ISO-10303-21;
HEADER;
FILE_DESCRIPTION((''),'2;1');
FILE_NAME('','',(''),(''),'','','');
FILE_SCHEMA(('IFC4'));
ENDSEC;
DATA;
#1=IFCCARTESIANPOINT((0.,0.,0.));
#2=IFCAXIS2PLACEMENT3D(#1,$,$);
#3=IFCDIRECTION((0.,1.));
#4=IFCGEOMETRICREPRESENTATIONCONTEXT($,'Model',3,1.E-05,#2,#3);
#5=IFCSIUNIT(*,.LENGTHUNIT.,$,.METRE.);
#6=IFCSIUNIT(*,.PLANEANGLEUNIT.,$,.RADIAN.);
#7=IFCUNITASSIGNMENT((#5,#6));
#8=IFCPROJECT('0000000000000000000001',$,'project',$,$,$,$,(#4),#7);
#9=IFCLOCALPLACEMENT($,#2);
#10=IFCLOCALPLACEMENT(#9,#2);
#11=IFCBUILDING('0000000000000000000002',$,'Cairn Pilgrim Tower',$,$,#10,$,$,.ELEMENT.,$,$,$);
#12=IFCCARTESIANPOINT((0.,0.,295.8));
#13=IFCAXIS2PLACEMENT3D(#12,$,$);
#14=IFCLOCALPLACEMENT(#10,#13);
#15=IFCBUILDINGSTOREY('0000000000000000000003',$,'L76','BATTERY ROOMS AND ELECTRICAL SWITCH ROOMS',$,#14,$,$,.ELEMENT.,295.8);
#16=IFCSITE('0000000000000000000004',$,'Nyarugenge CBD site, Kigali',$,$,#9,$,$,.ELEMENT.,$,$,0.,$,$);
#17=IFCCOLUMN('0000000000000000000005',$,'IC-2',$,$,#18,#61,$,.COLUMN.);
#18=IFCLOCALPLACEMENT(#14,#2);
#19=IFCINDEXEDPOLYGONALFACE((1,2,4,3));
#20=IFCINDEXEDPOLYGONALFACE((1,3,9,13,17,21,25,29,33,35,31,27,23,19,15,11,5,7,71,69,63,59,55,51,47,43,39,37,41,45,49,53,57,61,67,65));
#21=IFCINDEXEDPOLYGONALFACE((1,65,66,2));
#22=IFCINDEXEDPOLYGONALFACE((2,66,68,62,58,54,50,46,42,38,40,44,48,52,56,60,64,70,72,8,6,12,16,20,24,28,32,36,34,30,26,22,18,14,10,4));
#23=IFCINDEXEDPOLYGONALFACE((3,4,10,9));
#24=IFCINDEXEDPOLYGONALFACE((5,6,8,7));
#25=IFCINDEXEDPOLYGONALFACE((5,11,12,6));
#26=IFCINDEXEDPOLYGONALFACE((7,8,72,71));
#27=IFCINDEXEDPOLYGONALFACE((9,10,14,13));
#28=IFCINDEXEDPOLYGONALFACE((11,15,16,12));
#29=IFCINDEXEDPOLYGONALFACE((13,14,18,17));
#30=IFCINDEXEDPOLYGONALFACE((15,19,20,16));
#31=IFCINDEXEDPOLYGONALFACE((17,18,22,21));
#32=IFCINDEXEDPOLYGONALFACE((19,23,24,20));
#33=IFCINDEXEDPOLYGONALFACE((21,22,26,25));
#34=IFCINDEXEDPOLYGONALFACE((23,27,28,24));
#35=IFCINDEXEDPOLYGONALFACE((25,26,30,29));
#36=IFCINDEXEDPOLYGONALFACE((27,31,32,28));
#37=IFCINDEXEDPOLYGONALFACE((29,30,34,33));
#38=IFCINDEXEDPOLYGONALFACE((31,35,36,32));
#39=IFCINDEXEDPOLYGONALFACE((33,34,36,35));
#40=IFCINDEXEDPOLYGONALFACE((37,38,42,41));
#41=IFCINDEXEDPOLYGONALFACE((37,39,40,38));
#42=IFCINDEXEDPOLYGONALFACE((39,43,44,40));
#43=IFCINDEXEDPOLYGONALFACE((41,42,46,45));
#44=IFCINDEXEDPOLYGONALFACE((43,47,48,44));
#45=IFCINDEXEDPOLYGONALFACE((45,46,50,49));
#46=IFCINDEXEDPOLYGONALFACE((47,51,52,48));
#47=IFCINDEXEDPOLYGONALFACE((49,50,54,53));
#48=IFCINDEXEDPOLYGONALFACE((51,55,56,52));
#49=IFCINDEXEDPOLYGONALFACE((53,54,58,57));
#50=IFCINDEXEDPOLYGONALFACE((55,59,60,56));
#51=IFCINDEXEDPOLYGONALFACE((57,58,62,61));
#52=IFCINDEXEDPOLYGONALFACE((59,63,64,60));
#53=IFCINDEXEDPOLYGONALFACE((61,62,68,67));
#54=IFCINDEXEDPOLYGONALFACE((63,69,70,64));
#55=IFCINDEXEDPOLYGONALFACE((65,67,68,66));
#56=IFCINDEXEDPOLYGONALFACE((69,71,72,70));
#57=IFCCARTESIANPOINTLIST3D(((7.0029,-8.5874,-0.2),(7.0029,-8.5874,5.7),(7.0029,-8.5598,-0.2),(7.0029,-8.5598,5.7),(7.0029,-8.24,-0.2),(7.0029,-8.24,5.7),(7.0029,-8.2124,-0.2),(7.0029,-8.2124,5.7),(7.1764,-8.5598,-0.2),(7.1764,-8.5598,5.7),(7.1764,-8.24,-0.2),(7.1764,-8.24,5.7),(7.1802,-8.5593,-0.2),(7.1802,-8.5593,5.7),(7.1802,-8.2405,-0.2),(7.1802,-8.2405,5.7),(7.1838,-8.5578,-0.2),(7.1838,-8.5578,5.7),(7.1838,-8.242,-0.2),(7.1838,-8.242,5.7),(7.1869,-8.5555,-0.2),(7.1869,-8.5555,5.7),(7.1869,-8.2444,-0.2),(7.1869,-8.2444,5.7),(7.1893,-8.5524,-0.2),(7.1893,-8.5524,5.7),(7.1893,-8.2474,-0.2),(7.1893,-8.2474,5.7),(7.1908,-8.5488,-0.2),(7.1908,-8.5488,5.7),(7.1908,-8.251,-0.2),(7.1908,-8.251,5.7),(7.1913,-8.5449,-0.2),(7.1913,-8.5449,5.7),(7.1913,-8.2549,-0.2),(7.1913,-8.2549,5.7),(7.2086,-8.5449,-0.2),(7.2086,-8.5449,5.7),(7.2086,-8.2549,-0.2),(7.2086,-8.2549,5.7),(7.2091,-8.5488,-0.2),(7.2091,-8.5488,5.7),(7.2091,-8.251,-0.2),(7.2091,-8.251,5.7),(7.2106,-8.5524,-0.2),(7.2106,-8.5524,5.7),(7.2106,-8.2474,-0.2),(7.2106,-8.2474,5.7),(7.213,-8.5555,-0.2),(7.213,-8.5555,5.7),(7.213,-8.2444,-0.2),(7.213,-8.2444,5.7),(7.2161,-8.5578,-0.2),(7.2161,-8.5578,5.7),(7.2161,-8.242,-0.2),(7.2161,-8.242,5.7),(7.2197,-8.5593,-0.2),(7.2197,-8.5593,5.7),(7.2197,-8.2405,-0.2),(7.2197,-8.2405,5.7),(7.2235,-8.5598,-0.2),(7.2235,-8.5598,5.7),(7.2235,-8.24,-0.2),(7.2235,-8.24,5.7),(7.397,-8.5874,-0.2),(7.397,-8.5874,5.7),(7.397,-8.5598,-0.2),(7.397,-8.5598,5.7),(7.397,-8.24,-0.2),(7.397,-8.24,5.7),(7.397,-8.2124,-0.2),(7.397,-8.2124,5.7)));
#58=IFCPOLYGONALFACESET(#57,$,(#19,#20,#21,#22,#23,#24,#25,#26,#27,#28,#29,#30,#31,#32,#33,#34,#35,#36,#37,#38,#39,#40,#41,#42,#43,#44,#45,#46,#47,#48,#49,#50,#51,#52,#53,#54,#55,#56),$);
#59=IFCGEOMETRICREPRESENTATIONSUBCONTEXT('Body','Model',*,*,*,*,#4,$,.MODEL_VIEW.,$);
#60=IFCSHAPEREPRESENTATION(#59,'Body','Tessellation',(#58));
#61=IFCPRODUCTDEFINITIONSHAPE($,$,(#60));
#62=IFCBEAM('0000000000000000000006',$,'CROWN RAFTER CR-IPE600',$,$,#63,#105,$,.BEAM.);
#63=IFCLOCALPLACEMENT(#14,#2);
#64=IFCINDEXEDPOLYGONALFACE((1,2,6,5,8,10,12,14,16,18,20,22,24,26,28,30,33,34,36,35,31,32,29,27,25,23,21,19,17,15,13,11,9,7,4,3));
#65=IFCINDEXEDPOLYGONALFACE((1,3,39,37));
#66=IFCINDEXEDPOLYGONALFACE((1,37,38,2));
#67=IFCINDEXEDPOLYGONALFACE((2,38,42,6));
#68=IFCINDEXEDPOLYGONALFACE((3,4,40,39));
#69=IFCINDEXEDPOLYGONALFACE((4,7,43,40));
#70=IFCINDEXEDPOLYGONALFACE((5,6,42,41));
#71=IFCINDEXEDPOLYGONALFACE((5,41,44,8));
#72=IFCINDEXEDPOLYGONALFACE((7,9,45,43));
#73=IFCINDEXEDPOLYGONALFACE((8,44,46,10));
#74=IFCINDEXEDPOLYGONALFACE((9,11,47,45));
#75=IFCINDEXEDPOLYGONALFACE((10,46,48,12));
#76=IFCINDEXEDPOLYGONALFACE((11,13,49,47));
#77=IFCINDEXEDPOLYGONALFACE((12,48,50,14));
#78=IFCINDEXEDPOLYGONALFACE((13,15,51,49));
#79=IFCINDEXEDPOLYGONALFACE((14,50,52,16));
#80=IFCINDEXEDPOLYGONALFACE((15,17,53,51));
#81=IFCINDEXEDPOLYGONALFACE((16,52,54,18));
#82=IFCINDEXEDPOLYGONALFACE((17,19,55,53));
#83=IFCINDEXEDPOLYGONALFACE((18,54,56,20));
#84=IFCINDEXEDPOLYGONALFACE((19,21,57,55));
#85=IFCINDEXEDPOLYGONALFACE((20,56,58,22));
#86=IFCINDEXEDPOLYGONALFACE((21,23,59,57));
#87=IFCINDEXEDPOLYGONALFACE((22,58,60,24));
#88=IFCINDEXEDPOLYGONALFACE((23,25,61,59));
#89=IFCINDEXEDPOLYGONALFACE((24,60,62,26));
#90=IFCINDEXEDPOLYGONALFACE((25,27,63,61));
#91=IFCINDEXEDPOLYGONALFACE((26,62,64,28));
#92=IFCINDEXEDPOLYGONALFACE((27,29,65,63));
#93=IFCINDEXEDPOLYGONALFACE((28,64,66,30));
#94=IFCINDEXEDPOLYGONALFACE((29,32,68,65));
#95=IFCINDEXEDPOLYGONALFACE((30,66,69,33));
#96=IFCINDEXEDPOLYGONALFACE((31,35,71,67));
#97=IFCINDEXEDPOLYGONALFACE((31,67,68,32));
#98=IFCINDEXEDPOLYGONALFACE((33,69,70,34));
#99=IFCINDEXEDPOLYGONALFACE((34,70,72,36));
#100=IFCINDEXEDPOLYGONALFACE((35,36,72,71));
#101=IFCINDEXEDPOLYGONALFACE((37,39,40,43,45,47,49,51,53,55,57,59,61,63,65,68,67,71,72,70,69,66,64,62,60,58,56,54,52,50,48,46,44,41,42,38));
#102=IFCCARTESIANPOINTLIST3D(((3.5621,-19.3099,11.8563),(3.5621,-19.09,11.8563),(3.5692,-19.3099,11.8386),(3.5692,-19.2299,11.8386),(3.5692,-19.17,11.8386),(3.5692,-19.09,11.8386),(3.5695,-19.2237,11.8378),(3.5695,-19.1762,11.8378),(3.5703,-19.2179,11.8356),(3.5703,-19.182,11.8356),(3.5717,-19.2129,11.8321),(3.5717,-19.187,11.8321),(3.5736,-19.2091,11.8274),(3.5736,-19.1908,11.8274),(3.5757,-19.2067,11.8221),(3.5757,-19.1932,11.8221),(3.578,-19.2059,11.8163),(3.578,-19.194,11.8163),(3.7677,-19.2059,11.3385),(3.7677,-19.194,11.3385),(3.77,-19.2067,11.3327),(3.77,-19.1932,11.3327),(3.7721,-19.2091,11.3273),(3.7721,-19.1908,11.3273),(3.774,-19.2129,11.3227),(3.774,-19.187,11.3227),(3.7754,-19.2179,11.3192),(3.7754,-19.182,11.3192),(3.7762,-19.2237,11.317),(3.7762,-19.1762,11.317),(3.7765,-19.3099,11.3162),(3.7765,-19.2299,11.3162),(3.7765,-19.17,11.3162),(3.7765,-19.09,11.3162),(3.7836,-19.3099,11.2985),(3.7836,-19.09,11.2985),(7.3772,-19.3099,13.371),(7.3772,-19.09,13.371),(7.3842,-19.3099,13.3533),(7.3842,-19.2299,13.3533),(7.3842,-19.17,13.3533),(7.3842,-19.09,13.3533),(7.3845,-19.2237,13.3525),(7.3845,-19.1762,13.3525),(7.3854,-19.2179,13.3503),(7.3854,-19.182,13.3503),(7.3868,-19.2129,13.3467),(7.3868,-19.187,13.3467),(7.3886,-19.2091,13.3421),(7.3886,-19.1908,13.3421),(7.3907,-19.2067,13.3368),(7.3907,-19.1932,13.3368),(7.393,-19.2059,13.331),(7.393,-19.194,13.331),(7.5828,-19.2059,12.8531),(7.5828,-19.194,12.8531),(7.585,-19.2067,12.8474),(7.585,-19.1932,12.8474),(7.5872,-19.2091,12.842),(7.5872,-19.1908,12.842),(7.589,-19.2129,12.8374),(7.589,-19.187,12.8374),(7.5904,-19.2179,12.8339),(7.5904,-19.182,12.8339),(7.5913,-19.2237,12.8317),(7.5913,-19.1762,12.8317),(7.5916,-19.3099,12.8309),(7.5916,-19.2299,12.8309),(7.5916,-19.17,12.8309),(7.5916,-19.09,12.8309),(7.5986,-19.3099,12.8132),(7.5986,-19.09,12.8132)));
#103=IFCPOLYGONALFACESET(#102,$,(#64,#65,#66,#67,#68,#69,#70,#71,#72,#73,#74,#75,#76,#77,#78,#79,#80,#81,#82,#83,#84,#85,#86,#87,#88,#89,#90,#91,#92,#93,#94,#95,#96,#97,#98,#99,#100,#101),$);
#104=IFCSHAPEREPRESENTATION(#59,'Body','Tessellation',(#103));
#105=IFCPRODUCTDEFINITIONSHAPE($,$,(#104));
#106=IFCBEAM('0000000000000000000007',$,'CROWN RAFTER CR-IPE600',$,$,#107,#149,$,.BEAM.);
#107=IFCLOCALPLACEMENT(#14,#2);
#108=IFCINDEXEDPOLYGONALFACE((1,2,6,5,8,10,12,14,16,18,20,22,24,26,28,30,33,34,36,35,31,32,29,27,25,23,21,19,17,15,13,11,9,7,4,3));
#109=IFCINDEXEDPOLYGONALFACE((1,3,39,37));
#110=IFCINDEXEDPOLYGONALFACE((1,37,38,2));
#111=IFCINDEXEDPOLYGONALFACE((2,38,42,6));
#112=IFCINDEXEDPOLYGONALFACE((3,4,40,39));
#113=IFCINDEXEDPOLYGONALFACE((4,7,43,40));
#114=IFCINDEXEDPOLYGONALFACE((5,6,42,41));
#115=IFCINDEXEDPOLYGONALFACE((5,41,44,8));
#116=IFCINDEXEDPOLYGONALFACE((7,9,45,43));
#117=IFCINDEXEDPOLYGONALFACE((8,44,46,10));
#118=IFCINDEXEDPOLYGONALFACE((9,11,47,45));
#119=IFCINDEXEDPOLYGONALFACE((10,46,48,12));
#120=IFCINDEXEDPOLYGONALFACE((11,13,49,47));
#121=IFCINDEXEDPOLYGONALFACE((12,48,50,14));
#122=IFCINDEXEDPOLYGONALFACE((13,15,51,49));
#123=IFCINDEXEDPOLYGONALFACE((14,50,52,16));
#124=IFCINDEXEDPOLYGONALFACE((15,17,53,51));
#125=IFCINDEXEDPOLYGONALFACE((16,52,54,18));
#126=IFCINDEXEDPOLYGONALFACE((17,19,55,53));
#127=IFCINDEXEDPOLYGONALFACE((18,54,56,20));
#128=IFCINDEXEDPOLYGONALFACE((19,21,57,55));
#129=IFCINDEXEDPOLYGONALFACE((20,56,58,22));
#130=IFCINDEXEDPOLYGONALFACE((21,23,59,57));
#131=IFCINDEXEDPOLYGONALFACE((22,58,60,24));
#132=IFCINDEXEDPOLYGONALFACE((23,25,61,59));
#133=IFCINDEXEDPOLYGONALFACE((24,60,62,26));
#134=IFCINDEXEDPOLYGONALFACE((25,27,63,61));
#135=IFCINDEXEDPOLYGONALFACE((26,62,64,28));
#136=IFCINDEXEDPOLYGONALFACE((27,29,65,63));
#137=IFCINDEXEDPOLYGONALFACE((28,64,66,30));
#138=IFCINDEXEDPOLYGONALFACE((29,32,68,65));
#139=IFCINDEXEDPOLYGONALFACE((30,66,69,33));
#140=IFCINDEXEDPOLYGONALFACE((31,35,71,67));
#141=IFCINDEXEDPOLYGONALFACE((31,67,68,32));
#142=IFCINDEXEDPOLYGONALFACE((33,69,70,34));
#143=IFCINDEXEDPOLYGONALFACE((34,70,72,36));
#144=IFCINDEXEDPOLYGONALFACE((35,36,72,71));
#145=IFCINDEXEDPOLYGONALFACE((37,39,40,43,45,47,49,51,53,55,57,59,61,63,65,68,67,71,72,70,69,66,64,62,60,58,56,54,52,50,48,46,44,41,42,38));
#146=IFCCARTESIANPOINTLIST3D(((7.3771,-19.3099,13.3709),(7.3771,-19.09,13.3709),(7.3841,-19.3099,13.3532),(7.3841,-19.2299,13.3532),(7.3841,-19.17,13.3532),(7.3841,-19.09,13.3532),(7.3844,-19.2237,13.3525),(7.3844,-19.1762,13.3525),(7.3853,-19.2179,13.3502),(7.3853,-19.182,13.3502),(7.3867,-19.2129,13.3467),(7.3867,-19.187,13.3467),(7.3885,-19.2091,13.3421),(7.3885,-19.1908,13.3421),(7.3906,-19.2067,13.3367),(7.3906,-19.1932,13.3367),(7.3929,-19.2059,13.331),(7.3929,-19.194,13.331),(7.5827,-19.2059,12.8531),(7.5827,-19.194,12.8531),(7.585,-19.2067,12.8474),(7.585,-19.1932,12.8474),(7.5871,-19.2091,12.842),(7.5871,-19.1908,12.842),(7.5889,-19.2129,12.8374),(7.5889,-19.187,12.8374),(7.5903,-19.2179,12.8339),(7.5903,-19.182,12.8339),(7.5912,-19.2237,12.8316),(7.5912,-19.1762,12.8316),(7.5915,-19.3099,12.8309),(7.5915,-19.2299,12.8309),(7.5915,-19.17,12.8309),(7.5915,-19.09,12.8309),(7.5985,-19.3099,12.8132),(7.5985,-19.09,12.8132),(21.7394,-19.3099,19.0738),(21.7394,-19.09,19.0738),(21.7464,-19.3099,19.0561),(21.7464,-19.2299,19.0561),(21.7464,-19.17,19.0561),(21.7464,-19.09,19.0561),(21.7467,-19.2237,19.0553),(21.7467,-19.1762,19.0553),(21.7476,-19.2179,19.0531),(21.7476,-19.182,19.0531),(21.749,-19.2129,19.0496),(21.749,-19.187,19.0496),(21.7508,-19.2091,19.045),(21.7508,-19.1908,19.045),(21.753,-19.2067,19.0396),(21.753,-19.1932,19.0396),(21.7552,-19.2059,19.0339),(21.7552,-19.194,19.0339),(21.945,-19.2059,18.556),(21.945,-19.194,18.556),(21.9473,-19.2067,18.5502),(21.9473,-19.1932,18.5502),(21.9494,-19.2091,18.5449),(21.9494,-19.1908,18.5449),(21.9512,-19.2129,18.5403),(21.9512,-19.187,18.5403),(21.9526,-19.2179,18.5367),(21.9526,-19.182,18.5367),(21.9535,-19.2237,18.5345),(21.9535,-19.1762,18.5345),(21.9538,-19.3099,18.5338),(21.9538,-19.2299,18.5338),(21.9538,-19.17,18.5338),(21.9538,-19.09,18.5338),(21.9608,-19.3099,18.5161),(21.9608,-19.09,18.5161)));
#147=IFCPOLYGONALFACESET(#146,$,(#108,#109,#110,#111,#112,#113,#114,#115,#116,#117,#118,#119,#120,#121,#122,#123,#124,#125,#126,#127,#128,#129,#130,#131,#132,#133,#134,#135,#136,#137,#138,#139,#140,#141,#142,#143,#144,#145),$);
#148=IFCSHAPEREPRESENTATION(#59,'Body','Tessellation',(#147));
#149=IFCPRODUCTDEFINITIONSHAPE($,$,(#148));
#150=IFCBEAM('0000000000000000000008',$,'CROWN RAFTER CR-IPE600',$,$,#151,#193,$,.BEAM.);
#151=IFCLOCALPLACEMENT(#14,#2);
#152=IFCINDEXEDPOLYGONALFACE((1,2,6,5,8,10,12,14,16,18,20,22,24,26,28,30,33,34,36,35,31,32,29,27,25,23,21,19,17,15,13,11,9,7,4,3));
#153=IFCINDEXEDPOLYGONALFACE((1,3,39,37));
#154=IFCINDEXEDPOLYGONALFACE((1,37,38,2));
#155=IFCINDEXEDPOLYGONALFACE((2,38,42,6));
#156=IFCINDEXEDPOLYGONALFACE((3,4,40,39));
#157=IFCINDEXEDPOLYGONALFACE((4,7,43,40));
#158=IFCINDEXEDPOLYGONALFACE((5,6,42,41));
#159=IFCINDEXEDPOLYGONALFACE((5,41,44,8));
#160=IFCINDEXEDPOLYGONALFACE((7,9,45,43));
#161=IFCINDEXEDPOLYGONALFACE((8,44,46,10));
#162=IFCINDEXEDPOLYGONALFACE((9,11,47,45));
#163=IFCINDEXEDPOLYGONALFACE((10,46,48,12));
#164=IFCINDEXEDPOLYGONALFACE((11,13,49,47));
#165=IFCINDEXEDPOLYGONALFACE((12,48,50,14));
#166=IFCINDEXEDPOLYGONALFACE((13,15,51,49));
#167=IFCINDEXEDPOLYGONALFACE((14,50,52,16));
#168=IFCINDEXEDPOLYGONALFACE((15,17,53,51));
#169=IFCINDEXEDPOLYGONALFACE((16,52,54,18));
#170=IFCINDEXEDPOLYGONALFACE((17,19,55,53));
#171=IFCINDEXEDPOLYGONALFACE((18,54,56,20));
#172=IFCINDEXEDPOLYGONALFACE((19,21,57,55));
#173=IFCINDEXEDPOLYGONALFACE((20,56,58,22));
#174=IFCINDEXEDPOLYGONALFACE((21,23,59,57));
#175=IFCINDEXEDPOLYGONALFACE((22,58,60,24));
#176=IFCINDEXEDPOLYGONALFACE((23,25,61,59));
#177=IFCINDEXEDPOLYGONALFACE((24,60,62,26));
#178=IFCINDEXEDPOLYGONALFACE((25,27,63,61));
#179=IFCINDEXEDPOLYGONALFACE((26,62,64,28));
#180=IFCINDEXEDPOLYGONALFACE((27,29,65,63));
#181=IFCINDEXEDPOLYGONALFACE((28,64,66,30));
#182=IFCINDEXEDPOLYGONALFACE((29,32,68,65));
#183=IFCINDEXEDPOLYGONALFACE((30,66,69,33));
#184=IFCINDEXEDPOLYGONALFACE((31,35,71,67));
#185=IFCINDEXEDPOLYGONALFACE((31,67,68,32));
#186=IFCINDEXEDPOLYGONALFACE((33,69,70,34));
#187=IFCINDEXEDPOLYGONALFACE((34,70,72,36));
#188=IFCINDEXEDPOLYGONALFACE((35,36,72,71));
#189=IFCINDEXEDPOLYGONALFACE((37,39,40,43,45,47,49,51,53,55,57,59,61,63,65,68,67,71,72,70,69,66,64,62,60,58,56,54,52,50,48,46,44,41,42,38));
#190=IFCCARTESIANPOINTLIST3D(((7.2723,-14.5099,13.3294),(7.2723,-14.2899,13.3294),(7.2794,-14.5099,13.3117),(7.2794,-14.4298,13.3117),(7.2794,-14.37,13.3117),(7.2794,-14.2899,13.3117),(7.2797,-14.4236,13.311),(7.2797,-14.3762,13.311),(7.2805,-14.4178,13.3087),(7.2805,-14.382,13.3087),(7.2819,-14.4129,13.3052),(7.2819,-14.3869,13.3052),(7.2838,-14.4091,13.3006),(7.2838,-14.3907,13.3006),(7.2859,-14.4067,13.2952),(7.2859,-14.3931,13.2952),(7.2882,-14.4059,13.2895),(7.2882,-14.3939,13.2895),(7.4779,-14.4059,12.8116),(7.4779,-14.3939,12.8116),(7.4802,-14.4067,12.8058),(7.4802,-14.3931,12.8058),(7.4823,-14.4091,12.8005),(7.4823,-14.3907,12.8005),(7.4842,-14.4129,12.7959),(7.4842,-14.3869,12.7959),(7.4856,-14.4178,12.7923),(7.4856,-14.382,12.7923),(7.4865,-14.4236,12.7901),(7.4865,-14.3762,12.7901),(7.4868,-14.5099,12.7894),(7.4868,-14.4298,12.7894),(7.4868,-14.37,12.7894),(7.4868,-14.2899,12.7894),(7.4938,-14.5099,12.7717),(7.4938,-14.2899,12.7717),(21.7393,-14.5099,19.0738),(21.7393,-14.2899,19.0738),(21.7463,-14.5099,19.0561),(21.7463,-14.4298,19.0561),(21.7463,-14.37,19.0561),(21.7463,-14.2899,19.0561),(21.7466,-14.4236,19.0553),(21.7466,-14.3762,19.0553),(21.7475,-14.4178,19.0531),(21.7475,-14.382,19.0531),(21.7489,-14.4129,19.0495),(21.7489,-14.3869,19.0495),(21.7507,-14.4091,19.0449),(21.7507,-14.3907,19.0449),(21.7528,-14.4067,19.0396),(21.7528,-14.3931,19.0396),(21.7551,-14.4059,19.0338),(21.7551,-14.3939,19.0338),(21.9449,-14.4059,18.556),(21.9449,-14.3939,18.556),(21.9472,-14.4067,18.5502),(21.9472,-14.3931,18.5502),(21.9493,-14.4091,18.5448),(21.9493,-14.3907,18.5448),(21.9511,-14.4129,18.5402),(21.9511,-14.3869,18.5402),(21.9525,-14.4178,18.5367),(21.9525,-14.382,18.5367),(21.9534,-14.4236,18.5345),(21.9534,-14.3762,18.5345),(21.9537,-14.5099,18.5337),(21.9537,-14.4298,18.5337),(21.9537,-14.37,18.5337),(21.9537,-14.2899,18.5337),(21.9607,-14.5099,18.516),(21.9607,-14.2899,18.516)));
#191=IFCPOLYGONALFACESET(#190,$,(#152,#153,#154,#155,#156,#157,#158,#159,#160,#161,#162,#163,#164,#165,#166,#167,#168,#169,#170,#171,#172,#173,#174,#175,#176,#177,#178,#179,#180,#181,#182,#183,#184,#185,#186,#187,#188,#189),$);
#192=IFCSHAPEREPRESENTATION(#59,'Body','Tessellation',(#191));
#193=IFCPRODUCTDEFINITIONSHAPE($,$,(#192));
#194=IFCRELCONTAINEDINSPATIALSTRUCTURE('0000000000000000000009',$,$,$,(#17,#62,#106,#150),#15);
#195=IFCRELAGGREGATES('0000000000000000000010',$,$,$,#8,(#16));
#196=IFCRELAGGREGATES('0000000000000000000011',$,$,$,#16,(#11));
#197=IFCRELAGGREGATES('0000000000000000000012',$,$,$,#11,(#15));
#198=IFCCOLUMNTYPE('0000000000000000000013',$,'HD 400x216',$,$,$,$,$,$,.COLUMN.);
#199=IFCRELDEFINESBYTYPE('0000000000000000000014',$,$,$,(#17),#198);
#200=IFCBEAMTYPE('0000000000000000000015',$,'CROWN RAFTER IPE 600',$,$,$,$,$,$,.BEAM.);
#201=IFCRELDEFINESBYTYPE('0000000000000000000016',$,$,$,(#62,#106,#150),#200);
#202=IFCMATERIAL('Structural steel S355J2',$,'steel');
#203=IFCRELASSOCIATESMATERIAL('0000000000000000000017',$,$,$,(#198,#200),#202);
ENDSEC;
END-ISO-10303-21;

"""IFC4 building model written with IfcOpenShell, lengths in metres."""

from ifc_helpers import new_model, si_unit, direction, frame, origin, origin_2d, place, context, subcontext, project, spatial, i_section, extrude, material, material_profile, profile_set, type_object, element, save


model = new_model("IFC4")

# Units and contexts
model_context = context("Model", 3, precision=1e-05, world=origin(), true_north=direction((0.0, 1.0)))
body_context = subcontext(model_context, "Body", "Model", "MODEL_VIEW")
ifc_project = project(units=[si_unit("LENGTHUNIT", "METRE"), si_unit("PLANEANGLEUNIT", "RADIAN")], contexts=[model_context])

# Site, building, storey
site_placement = place(None, origin())
site = spatial("IfcSite", under=ifc_project, at=site_placement, Name="Nyarugenge CBD site, Kigali", CompositionType="ELEMENT", RefElevation=0.0)
building_placement = place(site_placement, origin())
building = spatial("IfcBuilding", under=site, at=building_placement, Name="Cairn Pilgrim Tower", CompositionType="ELEMENT")
storey_placement = place(building_placement, frame((0.0, 0.0, 295.8)))
storey = spatial("IfcBuildingStorey", under=building, at=storey_placement, Name="L76", Description="BATTERY ROOMS AND ELECTRICAL SWITCH ROOMS", CompositionType="ELEMENT", Elevation=295.8)

# Column
ifc_material_1 = material(Name="Structural steel S355J2", Category="steel")
ifc_material_profile_1 = material_profile(ifc_material_1, i_section(OverallWidth=0.394, OverallDepth=0.375, WebThickness=0.0173, FlangeThickness=0.0276, FilletRadius=0.0149, at=origin_2d()), Name="HD 400x216")
ifc_profile_set_1 = profile_set([ifc_material_profile_1], Name="Structural steel S355J2")
column_type = type_object("IfcColumnType", Name="HD 400x216", PredefinedType="COLUMN", material=ifc_profile_set_1)
column_placement = place(storey_placement, frame((7.2, -8.3999, -0.2), z_axis=(0.0, 0.0, 1.0), x_axis=(1.0, 0.0, 0.0)))
element("IfcColumn", 1, at=column_placement, inside=storey, type_object=column_type, Name="IC-2", PredefinedType="COLUMN", context=body_context, shape_type="SweptSolid", body=[
    extrude(i_section(OverallWidth=0.394, OverallDepth=0.375, WebThickness=0.0173, FlangeThickness=0.0276, FilletRadius=0.0149, at=origin_2d()), origin(), (0.0, 0.0, 1.0), 5.8999),
])

# Beams
ifc_material_profile_2 = material_profile(ifc_material_1, i_section(OverallWidth=0.22, OverallDepth=0.6001, WebThickness=0.012, FlangeThickness=0.019, FilletRadius=0.0239, at=origin_2d()), Name="IPE 600")
ifc_profile_set_2 = profile_set([ifc_material_profile_2], Name="Structural steel S355J2")
beam_type_1 = type_object("IfcBeamType", Name="CROWN RAFTER IPE 600", PredefinedType="BEAM", material=ifc_profile_set_2)
beam_1_placement = place(storey_placement, frame((3.6729, -19.2, 11.5774), z_axis=(0.929425, 0.0, 0.36901), x_axis=(0.0, 1.0, 0.0)))
element("IfcBeam", 2, at=beam_1_placement, inside=storey, type_object=beam_type_1, Name="CROWN RAFTER CR-IPE600", PredefinedType="BEAM", context=body_context, shape_type="SweptSolid", body=[
    extrude(i_section(OverallWidth=0.22, OverallDepth=0.6001, WebThickness=0.012, FlangeThickness=0.019, FilletRadius=0.0239, at=origin_2d()), origin(), (0.0, 0.0, 1.0), 4.1047),
])
beam_2_placement = place(storey_placement, frame((7.4878, -19.2, 13.092), z_axis=(0.929412, 0.0, 0.369044), x_axis=(0.0, 1.0, 0.0)))
element("IfcBeam", 3, at=beam_2_placement, inside=storey, type_object=beam_type_1, Name="CROWN RAFTER CR-IPE600", PredefinedType="BEAM", context=body_context, shape_type="SweptSolid", body=[
    extrude(i_section(OverallWidth=0.22, OverallDepth=0.6001, WebThickness=0.012, FlangeThickness=0.019, FilletRadius=0.0239, at=origin_2d()), origin(), (0.0, 0.0, 1.0), 15.4531),
])
beam_3_placement = place(storey_placement, frame((7.3831, -14.3999, 13.0505), z_axis=(0.929414, 0.0, 0.36904), x_axis=(0.0, 1.0, 0.0)))
element("IfcBeam", 4, at=beam_3_placement, inside=storey, type_object=beam_type_1, Name="CROWN RAFTER CR-IPE600", PredefinedType="BEAM", context=body_context, shape_type="SweptSolid", body=[
    extrude(i_section(OverallWidth=0.22, OverallDepth=0.6001, WebThickness=0.012, FlangeThickness=0.019, FilletRadius=0.0239, at=origin_2d()), origin(), (0.0, 0.0, 1.0), 15.5657),
])

save(model, "model.ifc")
